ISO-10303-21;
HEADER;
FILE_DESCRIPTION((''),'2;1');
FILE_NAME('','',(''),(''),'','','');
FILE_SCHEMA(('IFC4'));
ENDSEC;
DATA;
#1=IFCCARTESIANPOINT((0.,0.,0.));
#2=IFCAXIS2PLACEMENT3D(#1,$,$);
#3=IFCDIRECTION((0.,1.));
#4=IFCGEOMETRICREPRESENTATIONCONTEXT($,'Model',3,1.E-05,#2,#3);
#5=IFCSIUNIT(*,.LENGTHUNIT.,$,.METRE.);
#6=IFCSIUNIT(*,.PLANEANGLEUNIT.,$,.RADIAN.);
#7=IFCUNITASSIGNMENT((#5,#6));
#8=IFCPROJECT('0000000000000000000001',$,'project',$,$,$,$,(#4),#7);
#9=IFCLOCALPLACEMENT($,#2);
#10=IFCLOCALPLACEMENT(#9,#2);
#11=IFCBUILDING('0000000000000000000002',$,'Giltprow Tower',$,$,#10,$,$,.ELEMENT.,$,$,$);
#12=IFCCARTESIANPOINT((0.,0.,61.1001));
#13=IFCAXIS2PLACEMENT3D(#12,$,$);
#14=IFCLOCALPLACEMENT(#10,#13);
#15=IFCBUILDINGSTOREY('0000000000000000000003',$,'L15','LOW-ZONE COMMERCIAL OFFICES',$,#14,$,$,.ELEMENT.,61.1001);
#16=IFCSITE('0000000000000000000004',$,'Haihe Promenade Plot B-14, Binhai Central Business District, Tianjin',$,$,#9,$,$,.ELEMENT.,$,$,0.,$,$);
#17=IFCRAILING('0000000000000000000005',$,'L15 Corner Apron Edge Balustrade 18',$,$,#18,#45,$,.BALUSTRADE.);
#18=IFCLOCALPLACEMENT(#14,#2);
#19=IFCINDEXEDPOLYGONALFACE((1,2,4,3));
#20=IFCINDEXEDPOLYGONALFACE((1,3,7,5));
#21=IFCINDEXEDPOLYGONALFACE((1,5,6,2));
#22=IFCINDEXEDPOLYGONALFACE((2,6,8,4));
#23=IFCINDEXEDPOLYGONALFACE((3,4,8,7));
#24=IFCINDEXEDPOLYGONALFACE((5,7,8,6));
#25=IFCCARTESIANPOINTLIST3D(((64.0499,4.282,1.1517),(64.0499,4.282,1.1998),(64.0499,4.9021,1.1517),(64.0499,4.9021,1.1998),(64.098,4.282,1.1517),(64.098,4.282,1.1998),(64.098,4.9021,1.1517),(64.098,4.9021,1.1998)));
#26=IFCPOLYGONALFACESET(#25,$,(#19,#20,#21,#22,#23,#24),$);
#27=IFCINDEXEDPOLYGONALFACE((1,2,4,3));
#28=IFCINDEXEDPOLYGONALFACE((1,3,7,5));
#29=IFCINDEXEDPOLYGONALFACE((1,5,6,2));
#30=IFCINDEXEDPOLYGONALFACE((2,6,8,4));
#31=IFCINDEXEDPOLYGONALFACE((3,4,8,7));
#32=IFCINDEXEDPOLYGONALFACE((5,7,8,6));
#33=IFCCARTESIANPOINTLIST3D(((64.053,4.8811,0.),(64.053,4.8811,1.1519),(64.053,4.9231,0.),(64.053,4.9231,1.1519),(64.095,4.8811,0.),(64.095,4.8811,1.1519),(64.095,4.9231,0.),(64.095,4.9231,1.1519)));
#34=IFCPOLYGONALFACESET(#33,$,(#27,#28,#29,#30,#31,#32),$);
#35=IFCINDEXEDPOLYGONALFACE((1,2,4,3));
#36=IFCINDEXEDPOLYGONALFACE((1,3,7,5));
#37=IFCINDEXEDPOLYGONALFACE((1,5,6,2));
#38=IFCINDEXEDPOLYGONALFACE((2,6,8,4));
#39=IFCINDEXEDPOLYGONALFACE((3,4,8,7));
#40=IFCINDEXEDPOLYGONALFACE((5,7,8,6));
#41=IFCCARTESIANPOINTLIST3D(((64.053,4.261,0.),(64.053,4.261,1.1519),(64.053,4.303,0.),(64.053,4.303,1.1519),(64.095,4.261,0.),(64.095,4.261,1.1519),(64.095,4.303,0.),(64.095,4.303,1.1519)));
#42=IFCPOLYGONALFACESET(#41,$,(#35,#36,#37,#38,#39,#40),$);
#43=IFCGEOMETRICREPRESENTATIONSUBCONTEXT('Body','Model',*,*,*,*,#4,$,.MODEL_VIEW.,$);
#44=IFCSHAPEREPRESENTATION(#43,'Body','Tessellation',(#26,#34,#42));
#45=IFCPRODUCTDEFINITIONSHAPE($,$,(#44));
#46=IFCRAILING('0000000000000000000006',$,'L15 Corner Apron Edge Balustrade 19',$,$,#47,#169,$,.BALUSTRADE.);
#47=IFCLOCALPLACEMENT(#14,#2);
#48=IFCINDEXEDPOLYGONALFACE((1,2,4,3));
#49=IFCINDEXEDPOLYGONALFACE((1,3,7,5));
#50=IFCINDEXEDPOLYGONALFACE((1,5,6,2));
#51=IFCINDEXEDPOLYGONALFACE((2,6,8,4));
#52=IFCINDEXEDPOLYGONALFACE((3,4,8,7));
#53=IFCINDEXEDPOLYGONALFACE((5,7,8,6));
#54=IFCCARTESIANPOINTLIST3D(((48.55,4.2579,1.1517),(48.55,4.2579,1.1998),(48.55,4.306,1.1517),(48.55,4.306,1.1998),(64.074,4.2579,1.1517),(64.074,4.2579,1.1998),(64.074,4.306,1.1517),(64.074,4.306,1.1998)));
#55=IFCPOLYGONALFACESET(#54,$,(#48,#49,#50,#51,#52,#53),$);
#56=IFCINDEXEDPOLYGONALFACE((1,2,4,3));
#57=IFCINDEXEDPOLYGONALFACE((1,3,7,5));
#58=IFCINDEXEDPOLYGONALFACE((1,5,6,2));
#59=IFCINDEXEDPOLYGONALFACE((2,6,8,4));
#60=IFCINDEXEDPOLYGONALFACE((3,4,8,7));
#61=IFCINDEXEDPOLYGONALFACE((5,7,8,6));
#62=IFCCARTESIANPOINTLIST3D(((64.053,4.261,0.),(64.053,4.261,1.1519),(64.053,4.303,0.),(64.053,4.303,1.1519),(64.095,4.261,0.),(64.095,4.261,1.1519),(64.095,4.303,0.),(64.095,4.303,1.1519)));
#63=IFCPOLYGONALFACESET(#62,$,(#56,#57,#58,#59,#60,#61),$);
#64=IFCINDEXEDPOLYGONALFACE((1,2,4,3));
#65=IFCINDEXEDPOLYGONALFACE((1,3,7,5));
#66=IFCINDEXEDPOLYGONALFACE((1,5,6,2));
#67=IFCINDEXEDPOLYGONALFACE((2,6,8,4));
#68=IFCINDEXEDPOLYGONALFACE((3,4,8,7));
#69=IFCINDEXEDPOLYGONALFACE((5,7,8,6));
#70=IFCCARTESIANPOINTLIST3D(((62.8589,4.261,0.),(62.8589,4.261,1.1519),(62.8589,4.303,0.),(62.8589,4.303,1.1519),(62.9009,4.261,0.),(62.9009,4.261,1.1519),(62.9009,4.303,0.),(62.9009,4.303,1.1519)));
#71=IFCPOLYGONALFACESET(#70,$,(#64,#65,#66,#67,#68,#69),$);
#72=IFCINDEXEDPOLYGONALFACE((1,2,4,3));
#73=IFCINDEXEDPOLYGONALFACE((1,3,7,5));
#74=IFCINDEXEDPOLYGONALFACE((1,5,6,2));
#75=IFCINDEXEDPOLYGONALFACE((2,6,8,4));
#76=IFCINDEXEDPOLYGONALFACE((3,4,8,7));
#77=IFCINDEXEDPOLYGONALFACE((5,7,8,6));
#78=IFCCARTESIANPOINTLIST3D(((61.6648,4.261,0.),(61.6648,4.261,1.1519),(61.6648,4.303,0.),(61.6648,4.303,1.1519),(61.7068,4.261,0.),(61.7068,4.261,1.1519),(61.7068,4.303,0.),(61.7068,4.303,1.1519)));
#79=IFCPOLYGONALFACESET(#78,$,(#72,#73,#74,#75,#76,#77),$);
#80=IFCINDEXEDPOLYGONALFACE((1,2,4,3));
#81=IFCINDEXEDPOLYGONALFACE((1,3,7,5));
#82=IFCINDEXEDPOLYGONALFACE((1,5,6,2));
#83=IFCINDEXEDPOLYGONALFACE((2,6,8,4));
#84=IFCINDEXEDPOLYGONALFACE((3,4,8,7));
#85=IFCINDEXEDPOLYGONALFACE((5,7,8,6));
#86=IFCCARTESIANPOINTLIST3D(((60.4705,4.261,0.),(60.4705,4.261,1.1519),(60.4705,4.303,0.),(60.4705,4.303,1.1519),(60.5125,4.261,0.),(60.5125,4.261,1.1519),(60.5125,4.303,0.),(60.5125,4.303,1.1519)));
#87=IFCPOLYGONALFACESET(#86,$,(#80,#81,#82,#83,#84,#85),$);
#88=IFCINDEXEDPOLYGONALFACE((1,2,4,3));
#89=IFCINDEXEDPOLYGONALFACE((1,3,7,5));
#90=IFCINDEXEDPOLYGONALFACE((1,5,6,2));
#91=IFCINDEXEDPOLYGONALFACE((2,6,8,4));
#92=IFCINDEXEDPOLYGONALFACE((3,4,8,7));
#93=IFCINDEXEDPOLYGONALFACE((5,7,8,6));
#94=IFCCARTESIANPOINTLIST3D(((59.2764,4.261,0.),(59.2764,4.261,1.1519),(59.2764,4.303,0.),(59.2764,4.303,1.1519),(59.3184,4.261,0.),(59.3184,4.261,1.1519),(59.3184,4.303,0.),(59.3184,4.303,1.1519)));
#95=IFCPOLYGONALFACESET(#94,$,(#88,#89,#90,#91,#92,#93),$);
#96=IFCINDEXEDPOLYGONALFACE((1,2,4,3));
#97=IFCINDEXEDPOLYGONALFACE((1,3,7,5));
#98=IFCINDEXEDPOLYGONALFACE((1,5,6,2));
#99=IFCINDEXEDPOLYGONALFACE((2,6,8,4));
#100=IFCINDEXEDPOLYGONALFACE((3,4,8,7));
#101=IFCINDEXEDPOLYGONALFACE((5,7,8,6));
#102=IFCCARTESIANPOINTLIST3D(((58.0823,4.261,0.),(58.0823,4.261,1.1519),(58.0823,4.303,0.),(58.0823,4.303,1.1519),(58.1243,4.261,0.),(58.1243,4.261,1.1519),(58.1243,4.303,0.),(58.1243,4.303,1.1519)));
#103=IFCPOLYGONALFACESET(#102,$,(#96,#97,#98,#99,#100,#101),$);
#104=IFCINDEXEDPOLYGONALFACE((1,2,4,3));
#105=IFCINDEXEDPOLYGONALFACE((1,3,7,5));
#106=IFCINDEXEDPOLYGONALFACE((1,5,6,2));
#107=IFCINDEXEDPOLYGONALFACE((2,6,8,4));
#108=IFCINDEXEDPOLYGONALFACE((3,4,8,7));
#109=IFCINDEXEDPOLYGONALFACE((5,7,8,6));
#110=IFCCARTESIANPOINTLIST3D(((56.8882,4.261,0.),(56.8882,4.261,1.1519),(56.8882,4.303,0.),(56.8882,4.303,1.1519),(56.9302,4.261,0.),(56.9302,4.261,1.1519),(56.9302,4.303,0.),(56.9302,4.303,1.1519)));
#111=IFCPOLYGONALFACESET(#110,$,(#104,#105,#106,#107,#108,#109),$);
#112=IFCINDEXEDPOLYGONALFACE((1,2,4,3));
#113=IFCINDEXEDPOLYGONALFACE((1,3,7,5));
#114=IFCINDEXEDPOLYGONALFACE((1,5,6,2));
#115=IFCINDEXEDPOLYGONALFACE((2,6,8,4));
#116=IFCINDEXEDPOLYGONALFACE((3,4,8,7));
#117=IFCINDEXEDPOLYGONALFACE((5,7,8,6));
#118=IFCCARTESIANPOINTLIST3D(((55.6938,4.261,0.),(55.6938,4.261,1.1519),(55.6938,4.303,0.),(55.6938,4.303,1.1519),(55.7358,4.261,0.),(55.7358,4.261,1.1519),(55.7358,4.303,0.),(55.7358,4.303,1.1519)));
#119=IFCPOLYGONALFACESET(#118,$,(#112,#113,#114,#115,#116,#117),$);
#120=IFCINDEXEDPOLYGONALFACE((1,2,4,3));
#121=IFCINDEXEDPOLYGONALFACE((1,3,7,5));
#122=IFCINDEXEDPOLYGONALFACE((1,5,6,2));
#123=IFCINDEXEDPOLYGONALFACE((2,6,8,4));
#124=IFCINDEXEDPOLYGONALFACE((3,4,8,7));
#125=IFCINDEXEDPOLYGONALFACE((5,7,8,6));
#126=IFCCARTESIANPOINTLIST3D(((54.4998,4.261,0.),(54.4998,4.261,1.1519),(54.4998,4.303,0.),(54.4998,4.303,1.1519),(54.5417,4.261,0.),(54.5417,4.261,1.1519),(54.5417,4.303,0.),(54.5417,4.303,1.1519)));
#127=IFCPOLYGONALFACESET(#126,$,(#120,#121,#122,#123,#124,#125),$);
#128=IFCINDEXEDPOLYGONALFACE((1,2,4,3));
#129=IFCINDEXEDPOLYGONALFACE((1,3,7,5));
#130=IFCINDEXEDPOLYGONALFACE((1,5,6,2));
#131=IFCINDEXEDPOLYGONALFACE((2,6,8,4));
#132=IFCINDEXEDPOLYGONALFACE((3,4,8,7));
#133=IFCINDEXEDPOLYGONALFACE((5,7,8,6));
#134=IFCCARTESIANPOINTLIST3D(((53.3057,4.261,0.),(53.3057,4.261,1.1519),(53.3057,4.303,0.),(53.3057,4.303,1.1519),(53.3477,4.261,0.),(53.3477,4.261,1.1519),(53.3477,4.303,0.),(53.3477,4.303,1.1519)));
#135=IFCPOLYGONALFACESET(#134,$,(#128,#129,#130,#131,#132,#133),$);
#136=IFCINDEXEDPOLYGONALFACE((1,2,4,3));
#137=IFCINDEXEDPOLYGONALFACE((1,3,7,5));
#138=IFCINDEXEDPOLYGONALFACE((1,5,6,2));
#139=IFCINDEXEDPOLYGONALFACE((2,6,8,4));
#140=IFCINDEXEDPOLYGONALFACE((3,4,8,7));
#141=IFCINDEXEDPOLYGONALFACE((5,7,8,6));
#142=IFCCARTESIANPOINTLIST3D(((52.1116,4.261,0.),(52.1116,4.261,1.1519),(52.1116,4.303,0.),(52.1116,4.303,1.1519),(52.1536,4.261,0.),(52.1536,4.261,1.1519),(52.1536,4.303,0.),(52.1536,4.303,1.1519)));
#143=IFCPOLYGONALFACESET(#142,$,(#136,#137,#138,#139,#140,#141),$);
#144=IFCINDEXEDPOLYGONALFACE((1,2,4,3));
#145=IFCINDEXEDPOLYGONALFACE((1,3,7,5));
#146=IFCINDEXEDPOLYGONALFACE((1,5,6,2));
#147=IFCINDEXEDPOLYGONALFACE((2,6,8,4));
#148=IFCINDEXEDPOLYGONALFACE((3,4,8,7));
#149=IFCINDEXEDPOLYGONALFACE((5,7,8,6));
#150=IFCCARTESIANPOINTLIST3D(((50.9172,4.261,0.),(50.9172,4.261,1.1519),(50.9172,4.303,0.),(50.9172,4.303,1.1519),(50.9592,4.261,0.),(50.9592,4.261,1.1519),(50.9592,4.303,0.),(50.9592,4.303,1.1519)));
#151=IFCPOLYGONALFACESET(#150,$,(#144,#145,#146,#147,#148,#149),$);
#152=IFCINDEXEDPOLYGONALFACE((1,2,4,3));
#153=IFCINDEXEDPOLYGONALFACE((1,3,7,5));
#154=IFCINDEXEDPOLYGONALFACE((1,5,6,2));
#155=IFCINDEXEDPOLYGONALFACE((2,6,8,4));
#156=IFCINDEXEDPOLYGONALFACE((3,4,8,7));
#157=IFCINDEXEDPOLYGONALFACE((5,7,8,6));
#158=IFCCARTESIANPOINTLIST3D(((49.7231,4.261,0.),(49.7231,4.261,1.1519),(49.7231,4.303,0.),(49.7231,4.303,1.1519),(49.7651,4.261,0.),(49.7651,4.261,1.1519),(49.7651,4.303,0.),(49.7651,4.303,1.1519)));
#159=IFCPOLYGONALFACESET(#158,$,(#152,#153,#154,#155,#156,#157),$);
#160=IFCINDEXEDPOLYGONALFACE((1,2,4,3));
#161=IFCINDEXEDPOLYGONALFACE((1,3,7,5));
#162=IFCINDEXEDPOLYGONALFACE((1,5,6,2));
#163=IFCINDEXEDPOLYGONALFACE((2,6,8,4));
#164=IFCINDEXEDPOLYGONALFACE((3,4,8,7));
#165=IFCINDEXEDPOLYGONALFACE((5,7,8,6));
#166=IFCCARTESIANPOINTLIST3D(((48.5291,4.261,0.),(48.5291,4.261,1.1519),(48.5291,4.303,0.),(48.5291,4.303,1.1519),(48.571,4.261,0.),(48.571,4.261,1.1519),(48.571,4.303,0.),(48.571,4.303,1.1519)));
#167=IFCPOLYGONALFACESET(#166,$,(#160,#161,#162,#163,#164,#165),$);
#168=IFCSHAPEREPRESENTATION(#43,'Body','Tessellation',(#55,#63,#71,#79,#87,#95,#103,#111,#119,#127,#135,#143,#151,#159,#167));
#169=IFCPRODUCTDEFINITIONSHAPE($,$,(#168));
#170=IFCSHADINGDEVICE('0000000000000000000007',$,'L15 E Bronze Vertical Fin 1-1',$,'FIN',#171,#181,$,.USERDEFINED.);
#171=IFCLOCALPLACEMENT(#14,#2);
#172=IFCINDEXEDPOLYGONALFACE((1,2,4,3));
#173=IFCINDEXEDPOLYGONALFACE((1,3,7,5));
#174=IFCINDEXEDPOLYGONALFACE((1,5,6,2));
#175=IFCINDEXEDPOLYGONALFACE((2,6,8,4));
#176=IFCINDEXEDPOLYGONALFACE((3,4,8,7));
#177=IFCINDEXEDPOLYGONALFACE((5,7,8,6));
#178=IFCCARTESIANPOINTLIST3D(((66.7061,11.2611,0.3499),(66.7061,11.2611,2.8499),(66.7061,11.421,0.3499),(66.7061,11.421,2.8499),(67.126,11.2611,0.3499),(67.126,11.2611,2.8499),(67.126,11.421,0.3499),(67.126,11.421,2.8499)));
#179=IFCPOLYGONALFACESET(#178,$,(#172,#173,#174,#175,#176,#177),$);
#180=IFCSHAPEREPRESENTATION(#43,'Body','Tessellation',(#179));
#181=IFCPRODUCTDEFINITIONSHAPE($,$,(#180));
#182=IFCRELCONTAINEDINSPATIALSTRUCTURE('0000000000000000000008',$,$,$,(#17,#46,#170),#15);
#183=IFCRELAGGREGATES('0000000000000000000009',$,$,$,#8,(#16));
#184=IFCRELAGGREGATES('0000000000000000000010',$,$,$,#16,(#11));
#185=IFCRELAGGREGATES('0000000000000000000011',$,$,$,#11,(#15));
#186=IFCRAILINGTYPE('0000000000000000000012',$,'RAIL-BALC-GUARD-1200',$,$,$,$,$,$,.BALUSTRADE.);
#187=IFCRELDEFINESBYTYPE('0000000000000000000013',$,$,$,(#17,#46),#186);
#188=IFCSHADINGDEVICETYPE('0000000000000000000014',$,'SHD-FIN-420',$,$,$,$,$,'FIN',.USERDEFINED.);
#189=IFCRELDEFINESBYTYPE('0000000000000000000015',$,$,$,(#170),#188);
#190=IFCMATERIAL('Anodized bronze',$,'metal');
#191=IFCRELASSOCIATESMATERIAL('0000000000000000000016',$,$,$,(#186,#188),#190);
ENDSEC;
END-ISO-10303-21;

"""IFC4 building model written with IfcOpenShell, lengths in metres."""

from ifc_helpers import new_model, si_unit, direction, frame, origin, origin_2d, place, context, subcontext, project, spatial, rectangle, extrude, source, transform, mapped, material, type_object, element, save


model = new_model("IFC4")

# Units and contexts
model_context = context("Model", 3, precision=1e-05, world=origin(), true_north=direction((0.0, 1.0)))
body_context = subcontext(model_context, "Body", "Model", "MODEL_VIEW")
ifc_project = project(units=[si_unit("LENGTHUNIT", "METRE"), si_unit("PLANEANGLEUNIT", "RADIAN")], contexts=[model_context])

# Site, building, storey
site_placement = place(None, origin())
site = spatial("IfcSite", under=ifc_project, at=site_placement, Name="Haihe Promenade Plot B-14, Binhai Central Business District, Tianjin", CompositionType="ELEMENT", RefElevation=0.0)
building_placement = place(site_placement, origin())
building = spatial("IfcBuilding", under=site, at=building_placement, Name="Giltprow Tower", CompositionType="ELEMENT")
storey_placement = place(building_placement, frame((0.0, 0.0, 61.1001)))
storey = spatial("IfcBuildingStorey", under=building, at=storey_placement, Name="L15", Description="LOW-ZONE COMMERCIAL OFFICES", CompositionType="ELEMENT", Elevation=61.1001)

# Shared definitions
ifc_material_1 = material(Name="Anodized bronze", Category="metal")

# Railings
railing_type = type_object("IfcRailingType", Name="RAIL-BALC-GUARD-1200", PredefinedType="BALUSTRADE", material=ifc_material_1)
railing_1_placement = place(storey_placement, frame((64.074, 4.9021, 0.0)))
element("IfcRailing", 1, at=railing_1_placement, inside=storey, type_object=railing_type, Name="L15 Corner Apron Edge Balustrade 18", PredefinedType="BALUSTRADE", context=body_context, shape_type="SweptSolid", body=[
    extrude(rectangle(XDim=0.0481, YDim=0.0481, at=origin_2d()), frame((0.0, 0.0, 1.1758), z_axis=(0.0, -1.0, 0.0), x_axis=(1.0, 0.0, 0.0)), (0.0, 0.0, 1.0), 0.6201),
    extrude(rectangle(XDim=0.042, YDim=0.042, at=origin_2d()), origin(), (0.0, 0.0, 1.0), 1.1519),
    extrude(rectangle(XDim=0.042, YDim=0.042, at=origin_2d()), frame((0.0, -0.6201, 0.0)), (0.0, 0.0, 1.0), 1.1519),
])
railing_2_placement = place(storey_placement, frame((64.074, 4.282, 0.0)))
element("IfcRailing", 2, at=railing_2_placement, inside=storey, type_object=railing_type, Name="L15 Corner Apron Edge Balustrade 19", PredefinedType="BALUSTRADE", context=body_context, shape_type="SweptSolid", body=[
    extrude(rectangle(XDim=0.0481, YDim=0.0481, at=origin_2d()), frame((0.0, 0.0, 1.1758), z_axis=(-1.0, 0.0, 0.0), x_axis=(0.0, -1.0, 0.0)), (0.0, 0.0, 1.0), 15.5239),
    extrude(rectangle(XDim=0.042, YDim=0.042, at=origin_2d()), origin(), (0.0, 0.0, 1.0), 1.1519),
    extrude(rectangle(XDim=0.042, YDim=0.042, at=origin_2d()), frame((-1.1941, 0.0, 0.0)), (0.0, 0.0, 1.0), 1.1519),
    extrude(rectangle(XDim=0.042, YDim=0.042, at=origin_2d()), frame((-2.3882, 0.0, 0.0)), (0.0, 0.0, 1.0), 1.1519),
    extrude(rectangle(XDim=0.042, YDim=0.042, at=origin_2d()), frame((-3.5825, 0.0, 0.0)), (0.0, 0.0, 1.0), 1.1519),
    extrude(rectangle(XDim=0.042, YDim=0.042, at=origin_2d()), frame((-4.7766, 0.0, 0.0)), (0.0, 0.0, 1.0), 1.1519),
    extrude(rectangle(XDim=0.042, YDim=0.042, at=origin_2d()), frame((-5.9707, 0.0, 0.0)), (0.0, 0.0, 1.0), 1.1519),
    extrude(rectangle(XDim=0.042, YDim=0.042, at=origin_2d()), frame((-7.1648, 0.0, 0.0)), (0.0, 0.0, 1.0), 1.1519),
    extrude(rectangle(XDim=0.042, YDim=0.042, at=origin_2d()), frame((-8.3591, 0.0, 0.0)), (0.0, 0.0, 1.0), 1.1519),
    extrude(rectangle(XDim=0.042, YDim=0.042, at=origin_2d()), frame((-9.5532, 0.0, 0.0)), (0.0, 0.0, 1.0), 1.1519),
    extrude(rectangle(XDim=0.042, YDim=0.042, at=origin_2d()), frame((-10.7473, 0.0, 0.0)), (0.0, 0.0, 1.0), 1.1519),
    extrude(rectangle(XDim=0.042, YDim=0.042, at=origin_2d()), frame((-11.9414, 0.0, 0.0)), (0.0, 0.0, 1.0), 1.1519),
    extrude(rectangle(XDim=0.042, YDim=0.042, at=origin_2d()), frame((-13.1357, 0.0, 0.0)), (0.0, 0.0, 1.0), 1.1519),
    extrude(rectangle(XDim=0.042, YDim=0.042, at=origin_2d()), frame((-14.3298, 0.0, 0.0)), (0.0, 0.0, 1.0), 1.1519),
    extrude(rectangle(XDim=0.042, YDim=0.042, at=origin_2d()), frame((-15.5239, 0.0, 0.0)), (0.0, 0.0, 1.0), 1.1519),
])

# Shading device
shading_device_type = type_object("IfcShadingDeviceType", Name="SHD-FIN-420", ElementType="FIN", PredefinedType="USERDEFINED", material=ifc_material_1)
shared_shape_1 = source(origin(), body_context, "Body", "SweptSolid", [
    extrude(rectangle(XDim=0.4199, YDim=0.1599, at=origin_2d()), origin(), (0.0, 0.0, 1.0), 2.5),
])
shading_device_placement = place(storey_placement, frame((66.916, 11.3411, 0.3499), z_axis=(0.0, 0.0, 1.0), x_axis=(1.0, 0.0, 0.0)))
element("IfcShadingDevice", 3, at=shading_device_placement, inside=storey, type_object=shading_device_type, Name="L15 E Bronze Vertical Fin 1-1", ObjectType="FIN", PredefinedType="USERDEFINED", context=body_context, shape_type="MappedRepresentation", body=[
    mapped(shared_shape_1, transform((0.0, 0.0, 0.0), x_axis=(1.0, 0.0, 0.0), y_axis=(0.0, 1.0, 0.0), z_axis=(0.0, 0.0, 1.0), scale=1.0)),
])

save(model, "model.ifc")
